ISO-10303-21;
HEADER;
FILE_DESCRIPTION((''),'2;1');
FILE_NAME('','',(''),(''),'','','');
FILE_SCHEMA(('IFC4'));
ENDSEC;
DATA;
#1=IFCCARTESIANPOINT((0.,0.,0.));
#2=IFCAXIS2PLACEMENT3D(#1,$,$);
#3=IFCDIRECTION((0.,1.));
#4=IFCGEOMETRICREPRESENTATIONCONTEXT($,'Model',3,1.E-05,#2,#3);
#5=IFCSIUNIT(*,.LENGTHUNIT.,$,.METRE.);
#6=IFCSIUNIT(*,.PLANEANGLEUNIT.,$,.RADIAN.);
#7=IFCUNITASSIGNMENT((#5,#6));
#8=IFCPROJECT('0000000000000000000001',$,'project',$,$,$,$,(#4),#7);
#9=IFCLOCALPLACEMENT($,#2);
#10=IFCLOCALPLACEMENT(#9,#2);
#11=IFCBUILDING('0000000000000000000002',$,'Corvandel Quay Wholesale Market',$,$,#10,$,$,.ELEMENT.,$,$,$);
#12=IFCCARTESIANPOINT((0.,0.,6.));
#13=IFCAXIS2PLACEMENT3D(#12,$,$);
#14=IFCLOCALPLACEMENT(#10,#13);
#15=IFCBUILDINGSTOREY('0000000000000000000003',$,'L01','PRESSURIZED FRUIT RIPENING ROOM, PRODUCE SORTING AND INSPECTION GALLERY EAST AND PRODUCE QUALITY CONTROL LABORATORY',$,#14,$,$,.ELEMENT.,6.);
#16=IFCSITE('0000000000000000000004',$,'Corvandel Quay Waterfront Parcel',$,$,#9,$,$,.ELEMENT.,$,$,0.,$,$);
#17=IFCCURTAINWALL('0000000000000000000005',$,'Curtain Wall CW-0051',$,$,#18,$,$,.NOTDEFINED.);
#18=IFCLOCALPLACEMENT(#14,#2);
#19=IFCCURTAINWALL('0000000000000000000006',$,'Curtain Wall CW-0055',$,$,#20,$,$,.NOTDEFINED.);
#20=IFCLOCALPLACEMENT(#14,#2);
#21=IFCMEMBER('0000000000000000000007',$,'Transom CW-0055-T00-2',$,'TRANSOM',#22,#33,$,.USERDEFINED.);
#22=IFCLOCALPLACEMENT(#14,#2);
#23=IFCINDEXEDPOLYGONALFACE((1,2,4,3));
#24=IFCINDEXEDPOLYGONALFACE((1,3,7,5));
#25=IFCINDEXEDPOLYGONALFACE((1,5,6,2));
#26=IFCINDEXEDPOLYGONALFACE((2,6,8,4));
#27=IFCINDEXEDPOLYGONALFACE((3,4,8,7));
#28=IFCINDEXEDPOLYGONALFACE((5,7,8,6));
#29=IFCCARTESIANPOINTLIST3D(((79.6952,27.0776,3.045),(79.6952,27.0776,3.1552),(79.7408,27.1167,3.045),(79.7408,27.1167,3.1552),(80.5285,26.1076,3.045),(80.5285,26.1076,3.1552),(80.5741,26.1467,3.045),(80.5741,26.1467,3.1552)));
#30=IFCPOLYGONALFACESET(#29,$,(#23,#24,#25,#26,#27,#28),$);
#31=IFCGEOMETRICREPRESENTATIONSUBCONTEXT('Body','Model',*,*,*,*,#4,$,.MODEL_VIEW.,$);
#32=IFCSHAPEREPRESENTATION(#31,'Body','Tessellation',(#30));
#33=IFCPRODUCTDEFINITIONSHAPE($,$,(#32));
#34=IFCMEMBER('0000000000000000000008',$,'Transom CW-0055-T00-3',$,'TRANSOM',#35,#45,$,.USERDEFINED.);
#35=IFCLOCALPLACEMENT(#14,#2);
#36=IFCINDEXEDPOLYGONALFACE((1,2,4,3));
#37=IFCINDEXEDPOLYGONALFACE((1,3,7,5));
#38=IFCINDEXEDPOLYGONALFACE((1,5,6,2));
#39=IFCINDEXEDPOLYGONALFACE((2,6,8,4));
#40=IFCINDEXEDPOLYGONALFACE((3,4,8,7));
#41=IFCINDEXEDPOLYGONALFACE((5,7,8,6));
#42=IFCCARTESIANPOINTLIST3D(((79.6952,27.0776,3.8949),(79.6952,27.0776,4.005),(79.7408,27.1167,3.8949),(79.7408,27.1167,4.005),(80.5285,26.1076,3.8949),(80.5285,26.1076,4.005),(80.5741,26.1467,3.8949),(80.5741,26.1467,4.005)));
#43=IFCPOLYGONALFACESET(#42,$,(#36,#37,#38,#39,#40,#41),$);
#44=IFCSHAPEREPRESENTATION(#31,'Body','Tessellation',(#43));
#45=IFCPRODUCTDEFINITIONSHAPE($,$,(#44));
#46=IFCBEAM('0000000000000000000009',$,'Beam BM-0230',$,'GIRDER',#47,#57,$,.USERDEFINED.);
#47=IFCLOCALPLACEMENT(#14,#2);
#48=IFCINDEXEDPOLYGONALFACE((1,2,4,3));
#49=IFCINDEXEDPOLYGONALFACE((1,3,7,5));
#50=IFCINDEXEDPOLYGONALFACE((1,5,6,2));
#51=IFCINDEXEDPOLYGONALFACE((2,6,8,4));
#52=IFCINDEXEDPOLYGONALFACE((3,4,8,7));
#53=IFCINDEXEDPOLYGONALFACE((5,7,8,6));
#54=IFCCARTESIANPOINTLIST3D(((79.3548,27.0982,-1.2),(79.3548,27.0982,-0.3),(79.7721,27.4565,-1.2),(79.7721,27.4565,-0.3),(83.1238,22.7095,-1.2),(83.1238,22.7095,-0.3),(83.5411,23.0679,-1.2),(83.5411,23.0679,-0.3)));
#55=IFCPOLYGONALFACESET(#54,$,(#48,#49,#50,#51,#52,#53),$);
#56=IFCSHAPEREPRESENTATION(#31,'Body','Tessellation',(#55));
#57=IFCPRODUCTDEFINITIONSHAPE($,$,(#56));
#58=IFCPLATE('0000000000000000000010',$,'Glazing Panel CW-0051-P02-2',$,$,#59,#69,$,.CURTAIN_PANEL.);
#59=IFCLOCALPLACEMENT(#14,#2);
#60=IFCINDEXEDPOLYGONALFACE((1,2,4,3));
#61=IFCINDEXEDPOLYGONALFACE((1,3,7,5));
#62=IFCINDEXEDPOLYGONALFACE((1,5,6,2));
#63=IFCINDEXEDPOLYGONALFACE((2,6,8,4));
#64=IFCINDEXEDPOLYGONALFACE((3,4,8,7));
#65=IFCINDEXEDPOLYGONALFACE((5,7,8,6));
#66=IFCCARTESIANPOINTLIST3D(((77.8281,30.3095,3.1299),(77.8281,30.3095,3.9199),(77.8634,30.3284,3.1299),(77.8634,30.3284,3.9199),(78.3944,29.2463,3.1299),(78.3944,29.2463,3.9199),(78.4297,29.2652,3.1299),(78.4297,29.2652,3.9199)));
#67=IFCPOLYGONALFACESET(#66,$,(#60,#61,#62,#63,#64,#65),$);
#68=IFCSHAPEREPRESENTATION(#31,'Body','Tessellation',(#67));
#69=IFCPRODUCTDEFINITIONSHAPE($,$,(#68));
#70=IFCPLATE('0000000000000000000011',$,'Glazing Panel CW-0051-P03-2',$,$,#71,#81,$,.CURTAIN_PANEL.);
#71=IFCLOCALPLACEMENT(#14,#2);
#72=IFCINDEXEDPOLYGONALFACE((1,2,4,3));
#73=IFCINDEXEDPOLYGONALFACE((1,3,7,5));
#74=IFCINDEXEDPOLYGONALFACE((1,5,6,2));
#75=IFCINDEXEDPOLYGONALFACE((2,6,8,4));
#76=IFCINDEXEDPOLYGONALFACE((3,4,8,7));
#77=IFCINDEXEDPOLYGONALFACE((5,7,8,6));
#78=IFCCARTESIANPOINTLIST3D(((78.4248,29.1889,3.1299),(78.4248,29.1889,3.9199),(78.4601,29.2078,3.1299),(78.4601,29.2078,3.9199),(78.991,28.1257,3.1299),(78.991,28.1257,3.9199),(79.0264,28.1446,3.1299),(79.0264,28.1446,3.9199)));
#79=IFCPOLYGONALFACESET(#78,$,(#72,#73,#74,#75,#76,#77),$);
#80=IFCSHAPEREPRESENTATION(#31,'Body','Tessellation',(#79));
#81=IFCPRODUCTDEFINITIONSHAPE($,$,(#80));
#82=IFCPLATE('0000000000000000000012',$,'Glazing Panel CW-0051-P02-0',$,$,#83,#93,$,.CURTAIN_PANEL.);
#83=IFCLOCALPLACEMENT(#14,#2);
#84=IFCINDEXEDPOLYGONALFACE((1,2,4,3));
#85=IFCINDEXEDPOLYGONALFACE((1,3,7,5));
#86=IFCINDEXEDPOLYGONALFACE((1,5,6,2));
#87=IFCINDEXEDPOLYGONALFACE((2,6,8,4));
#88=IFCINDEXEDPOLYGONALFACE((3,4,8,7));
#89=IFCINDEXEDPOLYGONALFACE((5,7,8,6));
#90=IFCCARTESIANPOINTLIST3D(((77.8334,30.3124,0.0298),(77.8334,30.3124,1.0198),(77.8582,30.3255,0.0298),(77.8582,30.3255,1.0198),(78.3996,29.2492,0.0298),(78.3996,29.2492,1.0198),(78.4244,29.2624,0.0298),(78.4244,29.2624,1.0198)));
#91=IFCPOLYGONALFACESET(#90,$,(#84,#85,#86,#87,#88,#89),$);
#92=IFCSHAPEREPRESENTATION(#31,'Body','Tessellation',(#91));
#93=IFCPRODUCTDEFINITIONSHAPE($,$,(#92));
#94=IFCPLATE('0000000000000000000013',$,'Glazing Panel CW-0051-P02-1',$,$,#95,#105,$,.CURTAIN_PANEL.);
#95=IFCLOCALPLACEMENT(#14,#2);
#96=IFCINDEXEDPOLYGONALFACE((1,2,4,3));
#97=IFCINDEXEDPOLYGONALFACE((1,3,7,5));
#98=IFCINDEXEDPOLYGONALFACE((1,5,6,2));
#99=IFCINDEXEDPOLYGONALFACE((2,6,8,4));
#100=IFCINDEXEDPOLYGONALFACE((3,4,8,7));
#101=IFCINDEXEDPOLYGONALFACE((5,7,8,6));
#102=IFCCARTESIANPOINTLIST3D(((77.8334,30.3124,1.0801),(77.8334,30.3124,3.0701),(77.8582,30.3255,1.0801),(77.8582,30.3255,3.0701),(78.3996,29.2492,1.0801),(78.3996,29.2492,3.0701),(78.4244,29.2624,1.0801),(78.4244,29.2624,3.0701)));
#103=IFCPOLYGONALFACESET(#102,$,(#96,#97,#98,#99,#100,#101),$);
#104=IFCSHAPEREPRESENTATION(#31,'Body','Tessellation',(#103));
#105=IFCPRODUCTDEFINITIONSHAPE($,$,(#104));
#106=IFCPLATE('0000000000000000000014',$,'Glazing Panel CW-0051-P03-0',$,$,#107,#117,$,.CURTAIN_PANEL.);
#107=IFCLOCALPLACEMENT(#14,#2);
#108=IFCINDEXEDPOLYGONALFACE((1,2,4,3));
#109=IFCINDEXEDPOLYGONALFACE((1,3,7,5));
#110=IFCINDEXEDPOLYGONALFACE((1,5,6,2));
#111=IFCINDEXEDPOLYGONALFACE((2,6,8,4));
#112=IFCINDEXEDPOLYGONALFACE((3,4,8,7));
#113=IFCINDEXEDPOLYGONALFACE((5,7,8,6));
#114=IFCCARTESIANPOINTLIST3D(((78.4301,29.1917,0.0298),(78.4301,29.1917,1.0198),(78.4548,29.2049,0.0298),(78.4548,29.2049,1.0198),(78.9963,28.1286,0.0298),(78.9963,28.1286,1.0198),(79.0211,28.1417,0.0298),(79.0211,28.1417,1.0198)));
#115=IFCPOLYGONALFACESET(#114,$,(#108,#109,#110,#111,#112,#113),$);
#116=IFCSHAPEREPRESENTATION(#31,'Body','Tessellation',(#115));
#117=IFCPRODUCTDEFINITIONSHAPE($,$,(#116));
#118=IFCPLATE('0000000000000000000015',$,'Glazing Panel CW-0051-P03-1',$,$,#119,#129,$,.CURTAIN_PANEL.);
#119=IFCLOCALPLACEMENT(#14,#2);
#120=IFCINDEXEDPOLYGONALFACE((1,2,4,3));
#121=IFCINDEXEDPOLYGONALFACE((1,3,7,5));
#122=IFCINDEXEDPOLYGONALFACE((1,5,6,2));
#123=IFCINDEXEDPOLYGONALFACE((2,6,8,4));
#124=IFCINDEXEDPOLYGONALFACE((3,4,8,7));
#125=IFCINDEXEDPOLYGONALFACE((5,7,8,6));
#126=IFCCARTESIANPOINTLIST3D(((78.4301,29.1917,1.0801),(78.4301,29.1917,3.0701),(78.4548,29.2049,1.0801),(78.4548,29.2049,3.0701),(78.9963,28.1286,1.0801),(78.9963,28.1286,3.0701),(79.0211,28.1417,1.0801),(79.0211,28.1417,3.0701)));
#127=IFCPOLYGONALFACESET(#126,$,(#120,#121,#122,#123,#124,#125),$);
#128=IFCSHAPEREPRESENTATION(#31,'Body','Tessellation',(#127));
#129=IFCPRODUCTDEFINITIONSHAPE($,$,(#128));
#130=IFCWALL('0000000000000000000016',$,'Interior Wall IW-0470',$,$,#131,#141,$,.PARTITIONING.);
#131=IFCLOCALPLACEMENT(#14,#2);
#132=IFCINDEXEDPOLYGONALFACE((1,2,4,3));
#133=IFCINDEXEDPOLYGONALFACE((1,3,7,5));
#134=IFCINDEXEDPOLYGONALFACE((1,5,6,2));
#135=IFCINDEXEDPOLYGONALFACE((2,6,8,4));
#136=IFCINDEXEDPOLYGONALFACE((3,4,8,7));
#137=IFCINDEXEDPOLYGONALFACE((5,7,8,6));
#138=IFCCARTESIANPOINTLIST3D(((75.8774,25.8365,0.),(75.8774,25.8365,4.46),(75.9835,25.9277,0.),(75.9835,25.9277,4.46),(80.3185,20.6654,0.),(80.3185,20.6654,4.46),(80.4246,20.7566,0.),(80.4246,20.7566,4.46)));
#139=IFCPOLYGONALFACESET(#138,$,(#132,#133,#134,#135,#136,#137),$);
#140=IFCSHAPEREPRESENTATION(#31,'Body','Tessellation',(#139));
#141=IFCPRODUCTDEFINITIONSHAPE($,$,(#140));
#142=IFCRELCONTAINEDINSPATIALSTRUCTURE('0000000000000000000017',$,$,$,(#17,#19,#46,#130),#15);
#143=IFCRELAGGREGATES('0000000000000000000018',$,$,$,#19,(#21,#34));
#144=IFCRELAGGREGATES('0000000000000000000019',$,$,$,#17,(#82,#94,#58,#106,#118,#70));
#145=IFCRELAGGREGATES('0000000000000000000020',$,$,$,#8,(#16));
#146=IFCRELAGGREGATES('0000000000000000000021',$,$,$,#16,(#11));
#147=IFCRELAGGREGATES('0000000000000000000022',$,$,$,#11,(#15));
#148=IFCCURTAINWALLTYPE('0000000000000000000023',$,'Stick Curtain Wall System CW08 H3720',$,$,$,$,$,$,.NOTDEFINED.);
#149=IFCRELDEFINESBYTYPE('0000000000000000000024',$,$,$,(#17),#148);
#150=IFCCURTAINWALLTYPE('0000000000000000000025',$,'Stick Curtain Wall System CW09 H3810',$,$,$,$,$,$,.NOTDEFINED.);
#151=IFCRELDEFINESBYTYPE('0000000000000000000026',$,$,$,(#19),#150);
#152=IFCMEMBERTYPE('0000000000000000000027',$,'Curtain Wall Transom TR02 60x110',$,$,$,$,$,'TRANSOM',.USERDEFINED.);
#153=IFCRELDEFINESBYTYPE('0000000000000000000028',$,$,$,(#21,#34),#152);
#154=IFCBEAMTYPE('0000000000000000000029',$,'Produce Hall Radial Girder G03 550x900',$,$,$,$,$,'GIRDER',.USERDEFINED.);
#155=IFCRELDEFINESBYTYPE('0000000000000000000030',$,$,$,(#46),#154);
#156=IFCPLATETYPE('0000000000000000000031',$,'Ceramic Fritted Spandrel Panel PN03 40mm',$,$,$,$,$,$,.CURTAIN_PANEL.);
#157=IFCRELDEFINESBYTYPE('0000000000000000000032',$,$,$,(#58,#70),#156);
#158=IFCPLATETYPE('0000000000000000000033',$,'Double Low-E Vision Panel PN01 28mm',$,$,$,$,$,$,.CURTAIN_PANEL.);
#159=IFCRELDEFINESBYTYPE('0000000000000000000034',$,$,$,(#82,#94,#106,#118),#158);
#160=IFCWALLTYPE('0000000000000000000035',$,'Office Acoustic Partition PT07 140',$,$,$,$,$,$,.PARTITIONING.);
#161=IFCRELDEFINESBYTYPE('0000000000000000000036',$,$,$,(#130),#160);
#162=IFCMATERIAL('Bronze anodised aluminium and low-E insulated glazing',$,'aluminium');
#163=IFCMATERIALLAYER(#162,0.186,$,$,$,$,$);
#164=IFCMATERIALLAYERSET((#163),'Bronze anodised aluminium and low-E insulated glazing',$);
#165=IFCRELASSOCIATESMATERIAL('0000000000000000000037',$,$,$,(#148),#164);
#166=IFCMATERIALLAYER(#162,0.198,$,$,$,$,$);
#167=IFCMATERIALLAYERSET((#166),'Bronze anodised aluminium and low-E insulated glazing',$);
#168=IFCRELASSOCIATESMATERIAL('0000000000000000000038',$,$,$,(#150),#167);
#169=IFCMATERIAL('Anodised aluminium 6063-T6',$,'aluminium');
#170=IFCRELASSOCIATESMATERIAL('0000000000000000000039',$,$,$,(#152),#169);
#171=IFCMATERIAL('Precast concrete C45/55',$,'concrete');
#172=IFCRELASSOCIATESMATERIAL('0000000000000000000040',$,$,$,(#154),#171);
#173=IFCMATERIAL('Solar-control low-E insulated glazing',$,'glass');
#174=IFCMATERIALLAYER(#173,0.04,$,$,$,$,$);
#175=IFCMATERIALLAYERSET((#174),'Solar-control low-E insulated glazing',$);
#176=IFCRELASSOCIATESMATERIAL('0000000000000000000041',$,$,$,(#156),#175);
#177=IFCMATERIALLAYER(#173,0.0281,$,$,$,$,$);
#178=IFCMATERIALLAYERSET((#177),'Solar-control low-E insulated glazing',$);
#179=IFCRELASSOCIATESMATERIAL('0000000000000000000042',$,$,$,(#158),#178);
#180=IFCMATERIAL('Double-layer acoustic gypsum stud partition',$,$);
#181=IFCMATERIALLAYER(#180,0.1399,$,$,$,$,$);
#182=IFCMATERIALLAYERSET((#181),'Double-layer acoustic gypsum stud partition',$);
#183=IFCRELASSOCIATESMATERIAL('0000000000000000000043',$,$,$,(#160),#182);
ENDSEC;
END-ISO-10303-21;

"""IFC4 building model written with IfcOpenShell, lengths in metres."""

from ifc_helpers import new_model, si_unit, direction, frame, frame_2d, origin, origin_2d, place, context, subcontext, project, spatial, rectangle, extrude, material, layer, layer_set, material_profile, profile_set, type_object, element, aggregate, save


model = new_model("IFC4")

# Units and contexts
model_context = context("Model", 3, precision=1e-05, world=origin(), true_north=direction((0.0, 1.0)))
body_context = subcontext(model_context, "Body", "Model", "MODEL_VIEW")
ifc_project = project(units=[si_unit("LENGTHUNIT", "METRE"), si_unit("PLANEANGLEUNIT", "RADIAN")], contexts=[model_context])

# Site, building, storey
site_placement = place(None, origin())
site = spatial("IfcSite", under=ifc_project, at=site_placement, Name="Corvandel Quay Waterfront Parcel", CompositionType="ELEMENT", RefElevation=0.0)
building_placement = place(site_placement, origin())
building = spatial("IfcBuilding", under=site, at=building_placement, Name="Corvandel Quay Wholesale Market", CompositionType="ELEMENT")
storey_placement = place(building_placement, frame((0.0, 0.0, 6.0)))
storey = spatial("IfcBuildingStorey", under=building, at=storey_placement, Name="L01", Description="PRESSURIZED FRUIT RIPENING ROOM, PRODUCE SORTING AND INSPECTION GALLERY EAST AND PRODUCE QUALITY CONTROL LABORATORY", CompositionType="ELEMENT", Elevation=6.0)

# Shared definitions
ifc_material_1 = material(Name="Precast concrete C45/55", Category="concrete")

# Curtain wall
ifc_material_2 = material(Name="Bronze anodised aluminium and low-E insulated glazing", Category="aluminium")
ifc_layer_1 = layer(ifc_material_2, 0.186)
ifc_layer_set_1 = layer_set([ifc_layer_1], Name="Bronze anodised aluminium and low-E insulated glazing")
curtain_wall_type_1 = type_object("IfcCurtainWallType", Name="Stick Curtain Wall System CW08 H3720", PredefinedType="NOTDEFINED", material=ifc_layer_set_1)
curtain_wall_1_placement = place(storey_placement, origin())
curtain_wall_1 = element("IfcCurtainWall", 1, at=curtain_wall_1_placement, inside=storey, type_object=curtain_wall_type_1, Name="Curtain Wall CW-0051", PredefinedType="NOTDEFINED")
ifc_material_3 = material(Name="Anodised aluminium 6063-T6", Category="aluminium")

# Curtain wall
ifc_layer_2 = layer(ifc_material_2, 0.198)
ifc_layer_set_2 = layer_set([ifc_layer_2], Name="Bronze anodised aluminium and low-E insulated glazing")
curtain_wall_type_2 = type_object("IfcCurtainWallType", Name="Stick Curtain Wall System CW09 H3810", PredefinedType="NOTDEFINED", material=ifc_layer_set_2)
curtain_wall_2_placement = place(storey_placement, origin())
curtain_wall_2 = element("IfcCurtainWall", 2, at=curtain_wall_2_placement, inside=storey, type_object=curtain_wall_type_2, Name="Curtain Wall CW-0055", PredefinedType="NOTDEFINED")

# Members
ifc_material_profile_1 = material_profile(ifc_material_3, rectangle(XDim=0.0601, YDim=0.1101, at=origin_2d()), Name="ALU-TRN-60x110")
ifc_profile_set_1 = profile_set([ifc_material_profile_1], Name="Anodised aluminium 6063-T6")
member_type_1 = type_object("IfcMemberType", Name="Curtain Wall Transom TR02 60x110", ElementType="TRANSOM", PredefinedType="USERDEFINED", material=ifc_profile_set_1)
member_1_placement = place(storey_placement, frame((79.718, 27.0972, 3.1001), z_axis=(0.651624, -0.758542, 0.0), x_axis=(0.758542, 0.651624, 0.0)))
member_1 = element("IfcMember", 3, at=member_1_placement, type_object=member_type_1, Name="Transom CW-0055-T00-2", ObjectType="TRANSOM", PredefinedType="USERDEFINED", context=body_context, shape_type="SweptSolid", body=[
    extrude(rectangle(XDim=0.0601, YDim=0.1101, at=origin_2d()), origin(), (0.0, 0.0, 1.0), 1.2788),
])
member_2_placement = place(storey_placement, frame((79.718, 27.0972, 3.95), z_axis=(0.651624, -0.758542, 0.0), x_axis=(0.758542, 0.651624, 0.0)))
member_2 = element("IfcMember", 4, at=member_2_placement, type_object=member_type_1, Name="Transom CW-0055-T00-3", ObjectType="TRANSOM", PredefinedType="USERDEFINED", context=body_context, shape_type="SweptSolid", body=[
    extrude(rectangle(XDim=0.0601, YDim=0.1101, at=origin_2d()), origin(), (0.0, 0.0, 1.0), 1.2788),
])
aggregate(curtain_wall_2, [member_1, member_2])

# Beam
ifc_material_profile_2 = material_profile(ifc_material_1, rectangle(XDim=0.55, YDim=0.8999, at=origin_2d()), Name="PC-GIR-550x900")
ifc_profile_set_2 = profile_set([ifc_material_profile_2], Name="Precast concrete C45/55")
beam_type = type_object("IfcBeamType", Name="Produce Hall Radial Girder G03 550x900", ElementType="GIRDER", PredefinedType="USERDEFINED", material=ifc_profile_set_2)
beam_placement = place(storey_placement, frame((79.5635, 27.2773, -0.75), z_axis=(0.651521, -0.758631, 0.0), x_axis=(0.758631, 0.651521, 0.0)))
element("IfcBeam", 5, at=beam_placement, inside=storey, type_object=beam_type, Name="Beam BM-0230", ObjectType="GIRDER", PredefinedType="USERDEFINED", context=body_context, shape_type="SweptSolid", body=[
    extrude(rectangle(XDim=0.55, YDim=0.8999, at=origin_2d()), origin(), (0.0, 0.0, 1.0), 5.7849),
])

# Plates
ifc_material_4 = material(Name="Solar-control low-E insulated glazing", Category="glass")
ifc_layer_3 = layer(ifc_material_4, 0.04)
ifc_layer_set_3 = layer_set([ifc_layer_3], Name="Solar-control low-E insulated glazing")
plate_type_1 = type_object("IfcPlateType", Name="Ceramic Fritted Spandrel Panel PN03 40mm", PredefinedType="CURTAIN_PANEL", material=ifc_layer_set_3)
plate_1_placement = place(storey_placement, frame((78.1289, 29.7874, 3.1299), z_axis=(0.0, 0.0, 1.0), x_axis=(-0.470088, 0.88262, 0.0)))
plate_1 = element("IfcPlate", 6, at=plate_1_placement, type_object=plate_type_1, Name="Glazing Panel CW-0051-P02-2", PredefinedType="CURTAIN_PANEL", context=body_context, shape_type="SweptSolid", body=[
    extrude(rectangle(XDim=1.2046, YDim=0.04, at=origin_2d()), origin(), (0.0, 0.0, 1.0), 0.79),
])
plate_2_placement = place(storey_placement, frame((78.7256, 28.6667, 3.1299), z_axis=(0.0, 0.0, 1.0), x_axis=(-0.470088, 0.88262, 0.0)))
plate_2 = element("IfcPlate", 7, at=plate_2_placement, type_object=plate_type_1, Name="Glazing Panel CW-0051-P03-2", PredefinedType="CURTAIN_PANEL", context=body_context, shape_type="SweptSolid", body=[
    extrude(rectangle(XDim=1.2046, YDim=0.04, at=origin_2d()), origin(), (0.0, 0.0, 1.0), 0.79),
])
ifc_layer_4 = layer(ifc_material_4, 0.0281)
ifc_layer_set_4 = layer_set([ifc_layer_4], Name="Solar-control low-E insulated glazing")
plate_type_2 = type_object("IfcPlateType", Name="Double Low-E Vision Panel PN01 28mm", PredefinedType="CURTAIN_PANEL", material=ifc_layer_set_4)
plate_3_placement = place(storey_placement, frame((78.1289, 29.7874, 0.0298), z_axis=(0.0, 0.0, 1.0), x_axis=(-0.470088, 0.88262, 0.0)))
plate_3 = element("IfcPlate", 8, at=plate_3_placement, type_object=plate_type_2, Name="Glazing Panel CW-0051-P02-0", PredefinedType="CURTAIN_PANEL", context=body_context, shape_type="SweptSolid", body=[
    extrude(rectangle(XDim=1.2046, YDim=0.0281, at=origin_2d()), origin(), (0.0, 0.0, 1.0), 0.99),
])
plate_4_placement = place(storey_placement, frame((78.1289, 29.7874, 1.0801), z_axis=(0.0, 0.0, 1.0), x_axis=(-0.470088, 0.88262, 0.0)))
plate_4 = element("IfcPlate", 9, at=plate_4_placement, type_object=plate_type_2, Name="Glazing Panel CW-0051-P02-1", PredefinedType="CURTAIN_PANEL", context=body_context, shape_type="SweptSolid", body=[
    extrude(rectangle(XDim=1.2046, YDim=0.0281, at=origin_2d()), origin(), (0.0, 0.0, 1.0), 1.99),
])
plate_5_placement = place(storey_placement, frame((78.7256, 28.6667, 0.0298), z_axis=(0.0, 0.0, 1.0), x_axis=(-0.470088, 0.88262, 0.0)))
plate_5 = element("IfcPlate", 10, at=plate_5_placement, type_object=plate_type_2, Name="Glazing Panel CW-0051-P03-0", PredefinedType="CURTAIN_PANEL", context=body_context, shape_type="SweptSolid", body=[
    extrude(rectangle(XDim=1.2046, YDim=0.0281, at=origin_2d()), origin(), (0.0, 0.0, 1.0), 0.99),
])
plate_6_placement = place(storey_placement, frame((78.7256, 28.6667, 1.0801), z_axis=(0.0, 0.0, 1.0), x_axis=(-0.470088, 0.88262, 0.0)))
plate_6 = element("IfcPlate", 11, at=plate_6_placement, type_object=plate_type_2, Name="Glazing Panel CW-0051-P03-1", PredefinedType="CURTAIN_PANEL", context=body_context, shape_type="SweptSolid", body=[
    extrude(rectangle(XDim=1.2046, YDim=0.0281, at=origin_2d()), origin(), (0.0, 0.0, 1.0), 1.99),
])
aggregate(curtain_wall_1, [plate_3, plate_4, plate_1, plate_5, plate_6, plate_2])

# Wall
ifc_material_5 = material(Name="Double-layer acoustic gypsum stud partition")
ifc_layer_5 = layer(ifc_material_5, 0.1399)
ifc_layer_set_5 = layer_set([ifc_layer_5], Name="Double-layer acoustic gypsum stud partition")
wall_type = type_object("IfcWallType", Name="Office Acoustic Partition PT07 140", PredefinedType="PARTITIONING", material=ifc_layer_set_5)
wall_placement = place(storey_placement, frame((75.9304, 25.8821, 0.0), z_axis=(0.0, 0.0, 1.0), x_axis=(0.651531, -0.758622, 0.0)))
element("IfcWall", 12, at=wall_placement, inside=storey, type_object=wall_type, Name="Interior Wall IW-0470", PredefinedType="PARTITIONING", context=body_context, shape_type="SweptSolid", body=[
    extrude(rectangle(XDim=6.8164, YDim=0.1399, at=frame_2d((3.4082, 0.0))), origin(), (0.0, 0.0, 1.0), 4.46),
])

save(model, "model.ifc")
